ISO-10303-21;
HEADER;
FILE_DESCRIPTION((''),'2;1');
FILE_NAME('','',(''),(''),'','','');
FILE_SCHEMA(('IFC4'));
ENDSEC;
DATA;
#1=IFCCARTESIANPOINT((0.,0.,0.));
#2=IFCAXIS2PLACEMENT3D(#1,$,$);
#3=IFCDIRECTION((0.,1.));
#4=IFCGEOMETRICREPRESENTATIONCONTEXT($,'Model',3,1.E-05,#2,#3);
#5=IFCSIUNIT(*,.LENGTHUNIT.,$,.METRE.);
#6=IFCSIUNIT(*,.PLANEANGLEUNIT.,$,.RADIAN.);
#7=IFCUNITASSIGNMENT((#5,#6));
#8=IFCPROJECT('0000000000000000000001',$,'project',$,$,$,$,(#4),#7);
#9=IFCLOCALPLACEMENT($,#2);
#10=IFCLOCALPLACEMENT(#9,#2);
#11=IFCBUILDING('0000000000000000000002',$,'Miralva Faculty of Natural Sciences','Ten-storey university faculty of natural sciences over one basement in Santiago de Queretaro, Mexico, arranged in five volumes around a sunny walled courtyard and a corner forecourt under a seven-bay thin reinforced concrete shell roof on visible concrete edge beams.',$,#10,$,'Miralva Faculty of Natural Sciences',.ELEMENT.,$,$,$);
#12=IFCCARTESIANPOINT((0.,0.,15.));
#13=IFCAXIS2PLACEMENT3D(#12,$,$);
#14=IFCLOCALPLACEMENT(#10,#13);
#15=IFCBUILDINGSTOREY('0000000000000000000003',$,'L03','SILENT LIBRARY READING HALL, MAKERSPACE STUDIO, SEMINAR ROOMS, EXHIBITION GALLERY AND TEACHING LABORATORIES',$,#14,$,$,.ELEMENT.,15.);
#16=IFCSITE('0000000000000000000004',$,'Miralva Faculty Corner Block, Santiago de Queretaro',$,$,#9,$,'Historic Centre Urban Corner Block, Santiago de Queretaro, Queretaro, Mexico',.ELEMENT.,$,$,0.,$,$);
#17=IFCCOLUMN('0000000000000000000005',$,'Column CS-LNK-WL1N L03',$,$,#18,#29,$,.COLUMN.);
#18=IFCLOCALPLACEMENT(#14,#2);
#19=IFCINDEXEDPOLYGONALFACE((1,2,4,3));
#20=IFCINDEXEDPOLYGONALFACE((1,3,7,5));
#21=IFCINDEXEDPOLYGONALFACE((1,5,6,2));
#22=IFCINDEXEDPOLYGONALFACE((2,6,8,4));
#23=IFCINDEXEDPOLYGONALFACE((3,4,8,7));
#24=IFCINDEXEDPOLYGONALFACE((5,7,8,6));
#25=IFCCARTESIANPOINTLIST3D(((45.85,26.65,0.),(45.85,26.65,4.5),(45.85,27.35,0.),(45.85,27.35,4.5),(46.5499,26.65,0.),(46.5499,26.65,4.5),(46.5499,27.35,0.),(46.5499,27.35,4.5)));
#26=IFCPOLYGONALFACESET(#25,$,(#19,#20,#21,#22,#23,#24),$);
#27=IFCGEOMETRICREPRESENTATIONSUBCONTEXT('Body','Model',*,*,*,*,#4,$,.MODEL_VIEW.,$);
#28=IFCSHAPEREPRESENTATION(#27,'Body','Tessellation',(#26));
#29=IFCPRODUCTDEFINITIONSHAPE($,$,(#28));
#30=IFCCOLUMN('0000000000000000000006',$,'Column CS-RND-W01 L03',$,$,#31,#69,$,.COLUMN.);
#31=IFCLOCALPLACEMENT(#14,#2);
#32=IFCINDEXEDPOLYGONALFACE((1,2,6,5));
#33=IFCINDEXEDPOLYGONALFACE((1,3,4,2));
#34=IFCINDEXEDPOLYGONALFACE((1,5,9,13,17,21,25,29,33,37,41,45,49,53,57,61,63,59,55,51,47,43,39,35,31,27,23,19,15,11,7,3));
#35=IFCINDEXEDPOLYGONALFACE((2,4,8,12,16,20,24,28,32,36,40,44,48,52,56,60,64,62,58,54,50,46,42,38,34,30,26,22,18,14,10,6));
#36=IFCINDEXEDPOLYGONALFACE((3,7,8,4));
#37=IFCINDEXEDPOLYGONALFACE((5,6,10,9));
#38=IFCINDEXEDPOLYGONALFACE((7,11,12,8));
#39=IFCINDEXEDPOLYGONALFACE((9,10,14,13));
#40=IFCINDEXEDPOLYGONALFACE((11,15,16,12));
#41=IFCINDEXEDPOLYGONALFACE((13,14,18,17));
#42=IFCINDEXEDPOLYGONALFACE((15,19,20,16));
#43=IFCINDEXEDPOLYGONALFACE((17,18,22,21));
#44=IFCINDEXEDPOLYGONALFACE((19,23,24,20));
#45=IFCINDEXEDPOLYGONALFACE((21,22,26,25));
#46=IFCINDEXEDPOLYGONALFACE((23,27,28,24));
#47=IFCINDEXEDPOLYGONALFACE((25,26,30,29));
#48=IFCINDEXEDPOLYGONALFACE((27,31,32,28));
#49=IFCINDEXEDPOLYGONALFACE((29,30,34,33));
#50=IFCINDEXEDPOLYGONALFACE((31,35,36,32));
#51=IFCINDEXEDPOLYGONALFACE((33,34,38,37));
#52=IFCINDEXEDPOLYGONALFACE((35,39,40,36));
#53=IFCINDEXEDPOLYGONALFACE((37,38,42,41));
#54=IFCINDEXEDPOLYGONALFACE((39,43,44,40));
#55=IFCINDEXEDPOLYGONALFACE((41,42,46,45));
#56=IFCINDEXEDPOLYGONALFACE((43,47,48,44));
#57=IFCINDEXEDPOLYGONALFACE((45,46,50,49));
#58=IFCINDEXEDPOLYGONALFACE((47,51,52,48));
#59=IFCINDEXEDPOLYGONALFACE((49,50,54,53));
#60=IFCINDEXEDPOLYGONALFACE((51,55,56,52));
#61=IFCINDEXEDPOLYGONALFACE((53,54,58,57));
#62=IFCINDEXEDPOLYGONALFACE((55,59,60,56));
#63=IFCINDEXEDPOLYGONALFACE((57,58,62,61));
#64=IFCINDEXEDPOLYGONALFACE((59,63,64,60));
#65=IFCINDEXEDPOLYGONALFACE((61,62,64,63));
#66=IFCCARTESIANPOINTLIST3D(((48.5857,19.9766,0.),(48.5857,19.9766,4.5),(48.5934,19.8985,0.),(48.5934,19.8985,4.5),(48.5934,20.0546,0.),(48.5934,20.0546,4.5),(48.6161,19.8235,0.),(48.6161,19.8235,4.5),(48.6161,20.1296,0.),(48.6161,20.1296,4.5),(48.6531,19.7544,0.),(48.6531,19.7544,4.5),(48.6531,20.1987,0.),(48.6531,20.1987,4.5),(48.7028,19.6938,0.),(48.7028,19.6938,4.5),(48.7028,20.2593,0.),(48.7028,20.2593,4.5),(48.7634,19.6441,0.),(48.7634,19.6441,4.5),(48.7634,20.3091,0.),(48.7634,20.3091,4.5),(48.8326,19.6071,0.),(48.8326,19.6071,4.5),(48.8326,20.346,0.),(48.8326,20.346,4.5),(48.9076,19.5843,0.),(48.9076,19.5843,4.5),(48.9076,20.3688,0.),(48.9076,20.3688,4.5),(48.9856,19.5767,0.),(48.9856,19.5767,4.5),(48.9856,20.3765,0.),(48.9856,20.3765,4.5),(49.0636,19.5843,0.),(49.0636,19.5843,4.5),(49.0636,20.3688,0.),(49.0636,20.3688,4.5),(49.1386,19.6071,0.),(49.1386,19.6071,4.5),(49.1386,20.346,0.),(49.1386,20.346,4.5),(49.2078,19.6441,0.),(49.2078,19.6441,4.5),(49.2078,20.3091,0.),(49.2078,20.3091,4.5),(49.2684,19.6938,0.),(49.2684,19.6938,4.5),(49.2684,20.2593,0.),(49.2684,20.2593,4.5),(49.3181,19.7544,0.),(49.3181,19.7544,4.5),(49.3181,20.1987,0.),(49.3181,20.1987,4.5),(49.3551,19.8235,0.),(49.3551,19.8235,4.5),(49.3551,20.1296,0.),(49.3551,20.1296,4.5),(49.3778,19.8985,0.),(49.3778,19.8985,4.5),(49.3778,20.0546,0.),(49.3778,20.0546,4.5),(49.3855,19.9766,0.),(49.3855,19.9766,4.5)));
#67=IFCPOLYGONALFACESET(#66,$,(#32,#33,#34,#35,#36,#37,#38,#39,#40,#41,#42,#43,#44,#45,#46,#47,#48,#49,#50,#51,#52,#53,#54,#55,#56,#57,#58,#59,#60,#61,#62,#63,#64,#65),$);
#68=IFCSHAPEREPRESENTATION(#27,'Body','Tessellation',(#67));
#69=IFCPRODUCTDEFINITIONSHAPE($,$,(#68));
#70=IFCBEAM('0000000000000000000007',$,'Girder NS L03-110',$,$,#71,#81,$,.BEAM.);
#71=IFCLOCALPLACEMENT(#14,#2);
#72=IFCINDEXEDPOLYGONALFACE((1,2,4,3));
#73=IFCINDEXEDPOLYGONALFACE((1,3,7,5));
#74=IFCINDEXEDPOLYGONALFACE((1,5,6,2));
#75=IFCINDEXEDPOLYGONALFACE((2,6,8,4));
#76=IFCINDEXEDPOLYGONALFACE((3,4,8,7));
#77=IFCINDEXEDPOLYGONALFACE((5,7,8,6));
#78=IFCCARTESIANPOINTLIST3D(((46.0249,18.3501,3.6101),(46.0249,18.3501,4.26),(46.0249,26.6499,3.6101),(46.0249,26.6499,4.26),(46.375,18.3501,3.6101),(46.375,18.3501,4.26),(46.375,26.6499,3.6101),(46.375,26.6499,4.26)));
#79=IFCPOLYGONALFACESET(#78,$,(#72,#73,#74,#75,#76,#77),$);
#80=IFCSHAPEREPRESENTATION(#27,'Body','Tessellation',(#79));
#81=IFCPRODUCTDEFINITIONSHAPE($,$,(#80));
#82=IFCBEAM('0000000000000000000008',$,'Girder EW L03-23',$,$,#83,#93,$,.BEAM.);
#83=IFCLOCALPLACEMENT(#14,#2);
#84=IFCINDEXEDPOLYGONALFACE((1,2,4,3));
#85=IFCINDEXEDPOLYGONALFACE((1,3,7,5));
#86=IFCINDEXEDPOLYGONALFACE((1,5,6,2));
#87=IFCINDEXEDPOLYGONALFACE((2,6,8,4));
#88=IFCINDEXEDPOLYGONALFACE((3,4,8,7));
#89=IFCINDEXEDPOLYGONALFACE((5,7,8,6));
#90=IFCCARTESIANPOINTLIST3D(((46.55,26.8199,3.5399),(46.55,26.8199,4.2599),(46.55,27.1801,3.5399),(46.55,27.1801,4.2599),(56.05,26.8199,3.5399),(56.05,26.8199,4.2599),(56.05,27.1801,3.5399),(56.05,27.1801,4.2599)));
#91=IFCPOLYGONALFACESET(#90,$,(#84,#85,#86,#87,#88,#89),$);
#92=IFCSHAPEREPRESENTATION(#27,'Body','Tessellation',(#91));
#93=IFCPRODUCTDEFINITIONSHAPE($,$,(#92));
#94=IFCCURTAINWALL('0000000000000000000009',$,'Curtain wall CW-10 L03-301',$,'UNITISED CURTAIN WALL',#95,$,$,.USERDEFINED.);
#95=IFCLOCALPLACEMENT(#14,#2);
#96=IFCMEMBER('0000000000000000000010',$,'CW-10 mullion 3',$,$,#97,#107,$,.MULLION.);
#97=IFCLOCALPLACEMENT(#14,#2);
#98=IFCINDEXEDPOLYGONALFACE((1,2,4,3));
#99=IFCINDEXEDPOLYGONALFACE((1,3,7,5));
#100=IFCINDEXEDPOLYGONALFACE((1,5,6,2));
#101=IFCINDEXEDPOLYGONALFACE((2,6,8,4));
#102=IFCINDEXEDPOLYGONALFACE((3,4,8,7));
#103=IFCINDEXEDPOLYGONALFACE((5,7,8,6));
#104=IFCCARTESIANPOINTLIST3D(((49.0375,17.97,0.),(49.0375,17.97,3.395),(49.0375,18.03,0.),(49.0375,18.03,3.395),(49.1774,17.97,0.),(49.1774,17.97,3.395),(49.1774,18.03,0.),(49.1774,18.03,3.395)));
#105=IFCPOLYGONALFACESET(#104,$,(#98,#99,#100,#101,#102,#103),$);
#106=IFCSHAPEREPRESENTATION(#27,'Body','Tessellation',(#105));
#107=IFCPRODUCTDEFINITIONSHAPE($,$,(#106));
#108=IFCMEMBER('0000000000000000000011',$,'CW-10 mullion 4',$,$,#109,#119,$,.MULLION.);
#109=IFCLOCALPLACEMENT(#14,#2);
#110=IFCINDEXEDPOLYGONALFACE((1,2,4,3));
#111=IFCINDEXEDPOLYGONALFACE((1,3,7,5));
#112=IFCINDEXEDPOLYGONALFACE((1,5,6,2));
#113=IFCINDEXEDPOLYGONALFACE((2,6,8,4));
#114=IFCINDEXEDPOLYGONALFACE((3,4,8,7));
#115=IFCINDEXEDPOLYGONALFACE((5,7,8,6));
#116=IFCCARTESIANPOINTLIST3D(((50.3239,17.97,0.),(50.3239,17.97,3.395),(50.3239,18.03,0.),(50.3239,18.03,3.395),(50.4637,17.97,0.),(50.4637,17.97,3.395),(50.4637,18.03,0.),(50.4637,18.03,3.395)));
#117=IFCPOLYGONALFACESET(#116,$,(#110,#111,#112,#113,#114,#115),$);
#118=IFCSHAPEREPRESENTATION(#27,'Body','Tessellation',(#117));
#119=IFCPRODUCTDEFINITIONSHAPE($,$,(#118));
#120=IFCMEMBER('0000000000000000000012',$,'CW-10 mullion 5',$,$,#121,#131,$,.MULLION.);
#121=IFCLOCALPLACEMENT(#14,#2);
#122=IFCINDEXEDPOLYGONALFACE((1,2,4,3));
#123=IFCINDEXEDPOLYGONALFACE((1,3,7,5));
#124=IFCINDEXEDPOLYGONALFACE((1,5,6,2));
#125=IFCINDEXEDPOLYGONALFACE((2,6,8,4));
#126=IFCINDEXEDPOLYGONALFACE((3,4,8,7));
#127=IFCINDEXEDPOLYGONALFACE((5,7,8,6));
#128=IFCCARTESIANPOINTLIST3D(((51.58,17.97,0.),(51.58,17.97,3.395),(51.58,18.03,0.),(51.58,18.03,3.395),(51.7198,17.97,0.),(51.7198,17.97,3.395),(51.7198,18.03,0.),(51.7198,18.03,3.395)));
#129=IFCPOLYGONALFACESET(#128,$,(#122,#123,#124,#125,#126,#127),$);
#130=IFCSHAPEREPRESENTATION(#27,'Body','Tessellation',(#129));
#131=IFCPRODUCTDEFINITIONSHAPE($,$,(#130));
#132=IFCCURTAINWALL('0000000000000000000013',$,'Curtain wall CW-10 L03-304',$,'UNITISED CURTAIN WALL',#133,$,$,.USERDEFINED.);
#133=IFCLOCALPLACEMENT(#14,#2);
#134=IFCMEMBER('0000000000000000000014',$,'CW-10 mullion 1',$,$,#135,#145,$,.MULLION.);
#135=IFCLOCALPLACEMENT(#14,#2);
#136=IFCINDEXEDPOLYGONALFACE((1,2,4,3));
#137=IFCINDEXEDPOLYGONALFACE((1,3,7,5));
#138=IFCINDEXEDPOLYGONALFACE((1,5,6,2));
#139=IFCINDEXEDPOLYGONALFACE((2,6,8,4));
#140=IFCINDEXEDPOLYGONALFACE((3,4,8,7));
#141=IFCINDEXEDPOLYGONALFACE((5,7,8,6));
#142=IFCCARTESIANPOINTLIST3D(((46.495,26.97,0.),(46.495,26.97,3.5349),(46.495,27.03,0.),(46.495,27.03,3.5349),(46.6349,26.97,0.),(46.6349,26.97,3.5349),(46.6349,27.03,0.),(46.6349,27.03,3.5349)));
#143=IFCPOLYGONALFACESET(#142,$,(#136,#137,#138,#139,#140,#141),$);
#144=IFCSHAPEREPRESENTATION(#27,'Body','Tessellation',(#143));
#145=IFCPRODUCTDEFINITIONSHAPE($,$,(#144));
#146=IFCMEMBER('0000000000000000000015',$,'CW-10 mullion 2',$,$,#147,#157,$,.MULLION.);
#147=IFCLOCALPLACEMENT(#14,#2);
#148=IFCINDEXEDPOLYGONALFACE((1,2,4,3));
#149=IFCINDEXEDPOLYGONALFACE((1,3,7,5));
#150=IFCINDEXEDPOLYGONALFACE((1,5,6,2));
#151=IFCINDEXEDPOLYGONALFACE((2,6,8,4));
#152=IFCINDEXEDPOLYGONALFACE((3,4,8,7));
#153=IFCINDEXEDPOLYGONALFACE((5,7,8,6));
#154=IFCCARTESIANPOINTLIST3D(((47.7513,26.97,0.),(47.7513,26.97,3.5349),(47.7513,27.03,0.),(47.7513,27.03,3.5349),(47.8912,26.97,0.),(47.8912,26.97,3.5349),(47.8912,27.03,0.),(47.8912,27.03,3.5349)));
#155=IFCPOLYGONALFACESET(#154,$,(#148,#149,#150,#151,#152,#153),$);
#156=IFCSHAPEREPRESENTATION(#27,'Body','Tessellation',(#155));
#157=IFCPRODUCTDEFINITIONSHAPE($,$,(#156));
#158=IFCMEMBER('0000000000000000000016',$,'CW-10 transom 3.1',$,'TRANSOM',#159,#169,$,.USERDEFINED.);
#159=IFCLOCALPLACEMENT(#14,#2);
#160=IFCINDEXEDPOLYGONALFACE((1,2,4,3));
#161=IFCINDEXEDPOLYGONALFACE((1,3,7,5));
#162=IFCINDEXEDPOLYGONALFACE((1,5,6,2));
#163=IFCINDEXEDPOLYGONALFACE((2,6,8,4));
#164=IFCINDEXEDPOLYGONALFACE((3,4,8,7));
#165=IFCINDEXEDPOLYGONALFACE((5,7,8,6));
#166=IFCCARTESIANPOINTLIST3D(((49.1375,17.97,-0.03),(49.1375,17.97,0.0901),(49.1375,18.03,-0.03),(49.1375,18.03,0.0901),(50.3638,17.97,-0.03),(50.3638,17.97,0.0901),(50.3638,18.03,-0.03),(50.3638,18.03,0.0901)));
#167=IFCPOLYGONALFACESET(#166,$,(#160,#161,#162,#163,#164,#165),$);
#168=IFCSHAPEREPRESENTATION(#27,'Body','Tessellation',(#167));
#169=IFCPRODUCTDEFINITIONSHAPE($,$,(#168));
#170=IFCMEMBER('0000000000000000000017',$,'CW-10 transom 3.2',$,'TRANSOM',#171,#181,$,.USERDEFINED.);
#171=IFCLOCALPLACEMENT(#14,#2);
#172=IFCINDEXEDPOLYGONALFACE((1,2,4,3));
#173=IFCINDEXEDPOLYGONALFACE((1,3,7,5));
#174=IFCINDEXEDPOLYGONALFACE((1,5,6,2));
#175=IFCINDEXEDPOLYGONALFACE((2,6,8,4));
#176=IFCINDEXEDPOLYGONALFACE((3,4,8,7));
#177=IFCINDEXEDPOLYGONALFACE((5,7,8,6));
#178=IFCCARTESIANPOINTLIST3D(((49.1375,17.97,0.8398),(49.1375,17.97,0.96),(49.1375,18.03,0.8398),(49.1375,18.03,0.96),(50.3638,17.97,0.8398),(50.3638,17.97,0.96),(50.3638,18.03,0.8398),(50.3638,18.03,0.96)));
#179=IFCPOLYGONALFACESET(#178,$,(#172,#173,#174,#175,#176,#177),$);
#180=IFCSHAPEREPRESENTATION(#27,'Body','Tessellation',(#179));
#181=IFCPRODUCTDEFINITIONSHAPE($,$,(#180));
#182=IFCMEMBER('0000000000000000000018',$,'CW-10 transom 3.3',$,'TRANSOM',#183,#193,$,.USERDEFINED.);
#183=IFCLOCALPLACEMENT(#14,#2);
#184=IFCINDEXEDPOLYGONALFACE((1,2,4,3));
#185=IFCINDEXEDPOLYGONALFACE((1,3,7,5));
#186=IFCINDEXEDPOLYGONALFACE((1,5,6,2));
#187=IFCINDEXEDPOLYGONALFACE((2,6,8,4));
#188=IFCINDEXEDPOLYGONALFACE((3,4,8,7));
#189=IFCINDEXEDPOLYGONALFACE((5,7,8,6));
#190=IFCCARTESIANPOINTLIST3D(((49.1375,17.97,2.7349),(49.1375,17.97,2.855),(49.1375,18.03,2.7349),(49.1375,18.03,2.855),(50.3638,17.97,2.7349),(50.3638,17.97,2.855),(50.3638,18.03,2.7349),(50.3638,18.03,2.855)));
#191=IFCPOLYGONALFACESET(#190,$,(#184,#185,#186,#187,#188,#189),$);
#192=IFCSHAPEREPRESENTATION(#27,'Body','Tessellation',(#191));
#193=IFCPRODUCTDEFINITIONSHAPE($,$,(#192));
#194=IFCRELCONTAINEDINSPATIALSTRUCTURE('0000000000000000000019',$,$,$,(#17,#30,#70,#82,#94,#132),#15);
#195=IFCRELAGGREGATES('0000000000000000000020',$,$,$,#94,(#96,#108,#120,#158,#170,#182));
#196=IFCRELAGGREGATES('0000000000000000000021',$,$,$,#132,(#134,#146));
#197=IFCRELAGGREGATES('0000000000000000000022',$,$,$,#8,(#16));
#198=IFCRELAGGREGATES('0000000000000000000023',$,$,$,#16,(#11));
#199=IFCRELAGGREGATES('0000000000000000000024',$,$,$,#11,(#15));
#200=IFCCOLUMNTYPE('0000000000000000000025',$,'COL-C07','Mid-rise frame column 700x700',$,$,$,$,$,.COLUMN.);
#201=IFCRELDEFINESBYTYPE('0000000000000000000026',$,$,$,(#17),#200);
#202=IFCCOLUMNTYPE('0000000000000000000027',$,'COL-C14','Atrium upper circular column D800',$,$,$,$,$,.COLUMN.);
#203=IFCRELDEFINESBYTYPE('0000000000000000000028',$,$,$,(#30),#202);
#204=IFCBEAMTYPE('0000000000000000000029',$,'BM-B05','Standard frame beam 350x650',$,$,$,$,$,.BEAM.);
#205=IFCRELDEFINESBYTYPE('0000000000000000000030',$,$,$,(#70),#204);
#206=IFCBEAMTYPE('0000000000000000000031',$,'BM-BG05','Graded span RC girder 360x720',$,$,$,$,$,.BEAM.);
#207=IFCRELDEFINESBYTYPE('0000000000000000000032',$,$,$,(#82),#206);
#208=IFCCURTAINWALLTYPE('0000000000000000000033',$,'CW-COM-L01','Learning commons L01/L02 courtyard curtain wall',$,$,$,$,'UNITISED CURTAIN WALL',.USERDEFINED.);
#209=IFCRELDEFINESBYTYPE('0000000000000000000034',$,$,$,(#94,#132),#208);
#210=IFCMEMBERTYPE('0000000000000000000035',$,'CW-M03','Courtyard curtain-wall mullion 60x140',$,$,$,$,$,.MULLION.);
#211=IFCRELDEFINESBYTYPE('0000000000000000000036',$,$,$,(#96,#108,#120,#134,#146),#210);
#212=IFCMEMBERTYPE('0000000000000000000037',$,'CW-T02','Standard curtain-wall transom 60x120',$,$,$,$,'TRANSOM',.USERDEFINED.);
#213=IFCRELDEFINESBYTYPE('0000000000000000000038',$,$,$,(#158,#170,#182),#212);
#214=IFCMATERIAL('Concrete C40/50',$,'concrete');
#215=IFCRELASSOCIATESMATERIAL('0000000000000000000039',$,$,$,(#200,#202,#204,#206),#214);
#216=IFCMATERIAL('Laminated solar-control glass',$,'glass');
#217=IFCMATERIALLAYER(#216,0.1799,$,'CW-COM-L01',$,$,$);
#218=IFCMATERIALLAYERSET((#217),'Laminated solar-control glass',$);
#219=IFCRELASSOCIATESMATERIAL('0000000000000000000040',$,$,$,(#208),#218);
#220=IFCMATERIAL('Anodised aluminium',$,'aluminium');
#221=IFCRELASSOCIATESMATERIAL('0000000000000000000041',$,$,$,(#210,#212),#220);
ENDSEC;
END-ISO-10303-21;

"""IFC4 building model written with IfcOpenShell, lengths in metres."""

from ifc_helpers import new_model, si_unit, direction, frame, origin, origin_2d, place, context, subcontext, project, spatial, rectangle, circle, extrude, material, layer, layer_set, material_profile, profile_set, type_object, element, aggregate, save


model = new_model("IFC4")

# Units and contexts
model_context = context("Model", 3, precision=1e-05, world=origin(), true_north=direction((0.0, 1.0)))
body_context = subcontext(model_context, "Body", "Model", "MODEL_VIEW")
ifc_project = project(units=[si_unit("LENGTHUNIT", "METRE"), si_unit("PLANEANGLEUNIT", "RADIAN")], contexts=[model_context])

# Site, building, storey
site_placement = place(None, origin())
site = spatial("IfcSite", under=ifc_project, at=site_placement, Name="Miralva Faculty Corner Block, Santiago de Queretaro", LongName="Historic Centre Urban Corner Block, Santiago de Queretaro, Queretaro, Mexico", CompositionType="ELEMENT", RefElevation=0.0)
building_placement = place(site_placement, origin())
building = spatial("IfcBuilding", under=site, at=building_placement, Name="Miralva Faculty of Natural Sciences", Description="Ten-storey university faculty of natural sciences over one basement in Santiago de Queretaro, Mexico, arranged in five volumes around a sunny walled courtyard and a corner forecourt under a seven-bay thin reinforced concrete shell roof on visible concrete edge beams.", LongName="Miralva Faculty of Natural Sciences", CompositionType="ELEMENT")
storey_placement = place(building_placement, frame((0.0, 0.0, 15.0)))
storey = spatial("IfcBuildingStorey", under=building, at=storey_placement, Name="L03", Description="SILENT LIBRARY READING HALL, MAKERSPACE STUDIO, SEMINAR ROOMS, EXHIBITION GALLERY AND TEACHING LABORATORIES", CompositionType="ELEMENT", Elevation=15.0)

# Columns
ifc_material_1 = material(Name="Concrete C40/50", Category="concrete")
ifc_material_profile_1 = material_profile(ifc_material_1, rectangle(XDim=0.7, YDim=0.7, at=origin_2d()), Name="RC 700x700")
ifc_profile_set_1 = profile_set([ifc_material_profile_1], Name="Concrete C40/50")
column_type_1 = type_object("IfcColumnType", Name="COL-C07", Description="Mid-rise frame column 700x700", PredefinedType="COLUMN", material=ifc_profile_set_1)
column_1_placement = place(storey_placement, frame((46.2, 27.0, 0.0), z_axis=(0.0, 0.0, 1.0), x_axis=(1.0, 0.0, 0.0)))
element("IfcColumn", 1, at=column_1_placement, inside=storey, type_object=column_type_1, Name="Column CS-LNK-WL1N L03", PredefinedType="COLUMN", context=body_context, shape_type="SweptSolid", body=[
    extrude(rectangle(XDim=0.7, YDim=0.7, at=origin_2d()), origin(), (0.0, 0.0, 1.0), 4.5),
])
ifc_material_profile_2 = material_profile(ifc_material_1, circle(Radius=0.3999, at=origin_2d()), Name="RC DIA 800")
ifc_profile_set_2 = profile_set([ifc_material_profile_2], Name="Concrete C40/50")
column_type_2 = type_object("IfcColumnType", Name="COL-C14", Description="Atrium upper circular column D800", PredefinedType="COLUMN", material=ifc_profile_set_2)
column_2_placement = place(storey_placement, frame((48.9856, 19.9766, 0.0), z_axis=(0.0, 0.0, 1.0), x_axis=(1.0, 0.0, 0.0)))
element("IfcColumn", 2, at=column_2_placement, inside=storey, type_object=column_type_2, Name="Column CS-RND-W01 L03", PredefinedType="COLUMN", context=body_context, shape_type="SweptSolid", body=[
    extrude(circle(Radius=0.3999, at=origin_2d()), origin(), (0.0, 0.0, 1.0), 4.5),
])

# Beams
ifc_material_profile_3 = material_profile(ifc_material_1, rectangle(XDim=0.3501, YDim=0.6499, at=origin_2d()), Name="RC 350x650")
ifc_profile_set_3 = profile_set([ifc_material_profile_3], Name="Concrete C40/50")
beam_type_1 = type_object("IfcBeamType", Name="BM-B05", Description="Standard frame beam 350x650", PredefinedType="BEAM", material=ifc_profile_set_3)
beam_1_placement = place(storey_placement, frame((46.2, 18.3501, 3.9351), z_axis=(0.0, 1.0, 0.0), x_axis=(-1.0, 0.0, 0.0)))
element("IfcBeam", 3, at=beam_1_placement, inside=storey, type_object=beam_type_1, Name="Girder NS L03-110", PredefinedType="BEAM", context=body_context, shape_type="SweptSolid", body=[
    extrude(rectangle(XDim=0.3501, YDim=0.6499, at=origin_2d()), origin(), (0.0, 0.0, 1.0), 8.2998),
])
ifc_material_profile_4 = material_profile(ifc_material_1, rectangle(XDim=0.3601, YDim=0.72, at=origin_2d()), Name="RC 360x720")
ifc_profile_set_4 = profile_set([ifc_material_profile_4], Name="Concrete C40/50")
beam_type_2 = type_object("IfcBeamType", Name="BM-BG05", Description="Graded span RC girder 360x720", PredefinedType="BEAM", material=ifc_profile_set_4)
beam_2_placement = place(storey_placement, frame((46.55, 27.0, 3.8999), z_axis=(1.0, 0.0, 0.0), x_axis=(0.0, 1.0, 0.0)))
element("IfcBeam", 4, at=beam_2_placement, inside=storey, type_object=beam_type_2, Name="Girder EW L03-23", PredefinedType="BEAM", context=body_context, shape_type="SweptSolid", body=[
    extrude(rectangle(XDim=0.3601, YDim=0.72, at=origin_2d()), origin(), (0.0, 0.0, 1.0), 9.5),
])

# Curtain walls, members
ifc_material_2 = material(Name="Laminated solar-control glass", Category="glass")
ifc_layer_1 = layer(ifc_material_2, 0.1799, Name="CW-COM-L01")
ifc_layer_set_1 = layer_set([ifc_layer_1], Name="Laminated solar-control glass")
curtain_wall_type = type_object("IfcCurtainWallType", Name="CW-COM-L01", Description="Learning commons L01/L02 courtyard curtain wall", ElementType="UNITISED CURTAIN WALL", PredefinedType="USERDEFINED", material=ifc_layer_set_1)
curtain_wall_1_placement = place(storey_placement, origin())
curtain_wall_1 = element("IfcCurtainWall", 5, at=curtain_wall_1_placement, inside=storey, type_object=curtain_wall_type, Name="Curtain wall CW-10 L03-301", ObjectType="UNITISED CURTAIN WALL", PredefinedType="USERDEFINED")
ifc_material_3 = material(Name="Anodised aluminium", Category="aluminium")
ifc_material_profile_5 = material_profile(ifc_material_3, rectangle(XDim=0.0601, YDim=0.1399, at=origin_2d()), Name="MULLION 60x140")
ifc_profile_set_5 = profile_set([ifc_material_profile_5], Name="Anodised aluminium")
member_type_1 = type_object("IfcMemberType", Name="CW-M03", Description="Courtyard curtain-wall mullion 60x140", PredefinedType="MULLION", material=ifc_profile_set_5)
member_1_placement = place(storey_placement, frame((49.1074, 18.0, 0.0), z_axis=(0.0, 0.0, 1.0), x_axis=(0.0, 1.0, 0.0)))
member_1 = element("IfcMember", 6, at=member_1_placement, type_object=member_type_1, Name="CW-10 mullion 3", PredefinedType="MULLION", context=body_context, shape_type="SweptSolid", body=[
    extrude(rectangle(XDim=0.0601, YDim=0.1399, at=origin_2d()), origin(), (0.0, 0.0, 1.0), 3.395),
])
member_2_placement = place(storey_placement, frame((50.3938, 18.0, 0.0), z_axis=(0.0, 0.0, 1.0), x_axis=(0.0, 1.0, 0.0)))
member_2 = element("IfcMember", 7, at=member_2_placement, type_object=member_type_1, Name="CW-10 mullion 4", PredefinedType="MULLION", context=body_context, shape_type="SweptSolid", body=[
    extrude(rectangle(XDim=0.0601, YDim=0.1399, at=origin_2d()), origin(), (0.0, 0.0, 1.0), 3.395),
])
member_3_placement = place(storey_placement, frame((51.6499, 18.0, 0.0), z_axis=(0.0, 0.0, 1.0), x_axis=(0.0, 1.0, 0.0)))
member_3 = element("IfcMember", 8, at=member_3_placement, type_object=member_type_1, Name="CW-10 mullion 5", PredefinedType="MULLION", context=body_context, shape_type="SweptSolid", body=[
    extrude(rectangle(XDim=0.0601, YDim=0.1399, at=origin_2d()), origin(), (0.0, 0.0, 1.0), 3.395),
])
curtain_wall_2_placement = place(storey_placement, origin())
curtain_wall_2 = element("IfcCurtainWall", 9, at=curtain_wall_2_placement, inside=storey, type_object=curtain_wall_type, Name="Curtain wall CW-10 L03-304", ObjectType="UNITISED CURTAIN WALL", PredefinedType="USERDEFINED")
member_4_placement = place(storey_placement, frame((46.5649, 27.0, 0.0), z_axis=(0.0, 0.0, 1.0), x_axis=(0.0, 1.0, 0.0)))
member_4 = element("IfcMember", 10, at=member_4_placement, type_object=member_type_1, Name="CW-10 mullion 1", PredefinedType="MULLION", context=body_context, shape_type="SweptSolid", body=[
    extrude(rectangle(XDim=0.0601, YDim=0.1399, at=origin_2d()), origin(), (0.0, 0.0, 1.0), 3.5349),
])
member_5_placement = place(storey_placement, frame((47.8213, 27.0, 0.0), z_axis=(0.0, 0.0, 1.0), x_axis=(0.0, 1.0, 0.0)))
member_5 = element("IfcMember", 11, at=member_5_placement, type_object=member_type_1, Name="CW-10 mullion 2", PredefinedType="MULLION", context=body_context, shape_type="SweptSolid", body=[
    extrude(rectangle(XDim=0.0601, YDim=0.1399, at=origin_2d()), origin(), (0.0, 0.0, 1.0), 3.5349),
])

# Members
ifc_material_profile_6 = material_profile(ifc_material_3, rectangle(XDim=0.0601, YDim=0.1201, at=origin_2d()), Name="TRANSOM 60x120")
ifc_profile_set_6 = profile_set([ifc_material_profile_6], Name="Anodised aluminium")
member_type_2 = type_object("IfcMemberType", Name="CW-T02", Description="Standard curtain-wall transom 60x120", ElementType="TRANSOM", PredefinedType="USERDEFINED", material=ifc_profile_set_6)
member_6_placement = place(storey_placement, frame((49.1375, 18.0, 0.03), z_axis=(1.0, 0.0, 0.0), x_axis=(0.0, 1.0, 0.0)))
member_6 = element("IfcMember", 12, at=member_6_placement, type_object=member_type_2, Name="CW-10 transom 3.1", ObjectType="TRANSOM", PredefinedType="USERDEFINED", context=body_context, shape_type="SweptSolid", body=[
    extrude(rectangle(XDim=0.0601, YDim=0.1201, at=origin_2d()), origin(), (0.0, 0.0, 1.0), 1.2263),
])
member_7_placement = place(storey_placement, frame((49.1375, 18.0, 0.8999), z_axis=(1.0, 0.0, 0.0), x_axis=(0.0, 1.0, 0.0)))
member_7 = element("IfcMember", 13, at=member_7_placement, type_object=member_type_2, Name="CW-10 transom 3.2", ObjectType="TRANSOM", PredefinedType="USERDEFINED", context=body_context, shape_type="SweptSolid", body=[
    extrude(rectangle(XDim=0.0601, YDim=0.1201, at=origin_2d()), origin(), (0.0, 0.0, 1.0), 1.2263),
])
member_8_placement = place(storey_placement, frame((49.1375, 18.0, 2.7949), z_axis=(1.0, 0.0, 0.0), x_axis=(0.0, 1.0, 0.0)))
member_8 = element("IfcMember", 14, at=member_8_placement, type_object=member_type_2, Name="CW-10 transom 3.3", ObjectType="TRANSOM", PredefinedType="USERDEFINED", context=body_context, shape_type="SweptSolid", body=[
    extrude(rectangle(XDim=0.0601, YDim=0.1201, at=origin_2d()), origin(), (0.0, 0.0, 1.0), 1.2263),
])

aggregate(curtain_wall_1, [member_1, member_2, member_3, member_6, member_7, member_8])
aggregate(curtain_wall_2, [member_4, member_5])

save(model, "model.ifc")
